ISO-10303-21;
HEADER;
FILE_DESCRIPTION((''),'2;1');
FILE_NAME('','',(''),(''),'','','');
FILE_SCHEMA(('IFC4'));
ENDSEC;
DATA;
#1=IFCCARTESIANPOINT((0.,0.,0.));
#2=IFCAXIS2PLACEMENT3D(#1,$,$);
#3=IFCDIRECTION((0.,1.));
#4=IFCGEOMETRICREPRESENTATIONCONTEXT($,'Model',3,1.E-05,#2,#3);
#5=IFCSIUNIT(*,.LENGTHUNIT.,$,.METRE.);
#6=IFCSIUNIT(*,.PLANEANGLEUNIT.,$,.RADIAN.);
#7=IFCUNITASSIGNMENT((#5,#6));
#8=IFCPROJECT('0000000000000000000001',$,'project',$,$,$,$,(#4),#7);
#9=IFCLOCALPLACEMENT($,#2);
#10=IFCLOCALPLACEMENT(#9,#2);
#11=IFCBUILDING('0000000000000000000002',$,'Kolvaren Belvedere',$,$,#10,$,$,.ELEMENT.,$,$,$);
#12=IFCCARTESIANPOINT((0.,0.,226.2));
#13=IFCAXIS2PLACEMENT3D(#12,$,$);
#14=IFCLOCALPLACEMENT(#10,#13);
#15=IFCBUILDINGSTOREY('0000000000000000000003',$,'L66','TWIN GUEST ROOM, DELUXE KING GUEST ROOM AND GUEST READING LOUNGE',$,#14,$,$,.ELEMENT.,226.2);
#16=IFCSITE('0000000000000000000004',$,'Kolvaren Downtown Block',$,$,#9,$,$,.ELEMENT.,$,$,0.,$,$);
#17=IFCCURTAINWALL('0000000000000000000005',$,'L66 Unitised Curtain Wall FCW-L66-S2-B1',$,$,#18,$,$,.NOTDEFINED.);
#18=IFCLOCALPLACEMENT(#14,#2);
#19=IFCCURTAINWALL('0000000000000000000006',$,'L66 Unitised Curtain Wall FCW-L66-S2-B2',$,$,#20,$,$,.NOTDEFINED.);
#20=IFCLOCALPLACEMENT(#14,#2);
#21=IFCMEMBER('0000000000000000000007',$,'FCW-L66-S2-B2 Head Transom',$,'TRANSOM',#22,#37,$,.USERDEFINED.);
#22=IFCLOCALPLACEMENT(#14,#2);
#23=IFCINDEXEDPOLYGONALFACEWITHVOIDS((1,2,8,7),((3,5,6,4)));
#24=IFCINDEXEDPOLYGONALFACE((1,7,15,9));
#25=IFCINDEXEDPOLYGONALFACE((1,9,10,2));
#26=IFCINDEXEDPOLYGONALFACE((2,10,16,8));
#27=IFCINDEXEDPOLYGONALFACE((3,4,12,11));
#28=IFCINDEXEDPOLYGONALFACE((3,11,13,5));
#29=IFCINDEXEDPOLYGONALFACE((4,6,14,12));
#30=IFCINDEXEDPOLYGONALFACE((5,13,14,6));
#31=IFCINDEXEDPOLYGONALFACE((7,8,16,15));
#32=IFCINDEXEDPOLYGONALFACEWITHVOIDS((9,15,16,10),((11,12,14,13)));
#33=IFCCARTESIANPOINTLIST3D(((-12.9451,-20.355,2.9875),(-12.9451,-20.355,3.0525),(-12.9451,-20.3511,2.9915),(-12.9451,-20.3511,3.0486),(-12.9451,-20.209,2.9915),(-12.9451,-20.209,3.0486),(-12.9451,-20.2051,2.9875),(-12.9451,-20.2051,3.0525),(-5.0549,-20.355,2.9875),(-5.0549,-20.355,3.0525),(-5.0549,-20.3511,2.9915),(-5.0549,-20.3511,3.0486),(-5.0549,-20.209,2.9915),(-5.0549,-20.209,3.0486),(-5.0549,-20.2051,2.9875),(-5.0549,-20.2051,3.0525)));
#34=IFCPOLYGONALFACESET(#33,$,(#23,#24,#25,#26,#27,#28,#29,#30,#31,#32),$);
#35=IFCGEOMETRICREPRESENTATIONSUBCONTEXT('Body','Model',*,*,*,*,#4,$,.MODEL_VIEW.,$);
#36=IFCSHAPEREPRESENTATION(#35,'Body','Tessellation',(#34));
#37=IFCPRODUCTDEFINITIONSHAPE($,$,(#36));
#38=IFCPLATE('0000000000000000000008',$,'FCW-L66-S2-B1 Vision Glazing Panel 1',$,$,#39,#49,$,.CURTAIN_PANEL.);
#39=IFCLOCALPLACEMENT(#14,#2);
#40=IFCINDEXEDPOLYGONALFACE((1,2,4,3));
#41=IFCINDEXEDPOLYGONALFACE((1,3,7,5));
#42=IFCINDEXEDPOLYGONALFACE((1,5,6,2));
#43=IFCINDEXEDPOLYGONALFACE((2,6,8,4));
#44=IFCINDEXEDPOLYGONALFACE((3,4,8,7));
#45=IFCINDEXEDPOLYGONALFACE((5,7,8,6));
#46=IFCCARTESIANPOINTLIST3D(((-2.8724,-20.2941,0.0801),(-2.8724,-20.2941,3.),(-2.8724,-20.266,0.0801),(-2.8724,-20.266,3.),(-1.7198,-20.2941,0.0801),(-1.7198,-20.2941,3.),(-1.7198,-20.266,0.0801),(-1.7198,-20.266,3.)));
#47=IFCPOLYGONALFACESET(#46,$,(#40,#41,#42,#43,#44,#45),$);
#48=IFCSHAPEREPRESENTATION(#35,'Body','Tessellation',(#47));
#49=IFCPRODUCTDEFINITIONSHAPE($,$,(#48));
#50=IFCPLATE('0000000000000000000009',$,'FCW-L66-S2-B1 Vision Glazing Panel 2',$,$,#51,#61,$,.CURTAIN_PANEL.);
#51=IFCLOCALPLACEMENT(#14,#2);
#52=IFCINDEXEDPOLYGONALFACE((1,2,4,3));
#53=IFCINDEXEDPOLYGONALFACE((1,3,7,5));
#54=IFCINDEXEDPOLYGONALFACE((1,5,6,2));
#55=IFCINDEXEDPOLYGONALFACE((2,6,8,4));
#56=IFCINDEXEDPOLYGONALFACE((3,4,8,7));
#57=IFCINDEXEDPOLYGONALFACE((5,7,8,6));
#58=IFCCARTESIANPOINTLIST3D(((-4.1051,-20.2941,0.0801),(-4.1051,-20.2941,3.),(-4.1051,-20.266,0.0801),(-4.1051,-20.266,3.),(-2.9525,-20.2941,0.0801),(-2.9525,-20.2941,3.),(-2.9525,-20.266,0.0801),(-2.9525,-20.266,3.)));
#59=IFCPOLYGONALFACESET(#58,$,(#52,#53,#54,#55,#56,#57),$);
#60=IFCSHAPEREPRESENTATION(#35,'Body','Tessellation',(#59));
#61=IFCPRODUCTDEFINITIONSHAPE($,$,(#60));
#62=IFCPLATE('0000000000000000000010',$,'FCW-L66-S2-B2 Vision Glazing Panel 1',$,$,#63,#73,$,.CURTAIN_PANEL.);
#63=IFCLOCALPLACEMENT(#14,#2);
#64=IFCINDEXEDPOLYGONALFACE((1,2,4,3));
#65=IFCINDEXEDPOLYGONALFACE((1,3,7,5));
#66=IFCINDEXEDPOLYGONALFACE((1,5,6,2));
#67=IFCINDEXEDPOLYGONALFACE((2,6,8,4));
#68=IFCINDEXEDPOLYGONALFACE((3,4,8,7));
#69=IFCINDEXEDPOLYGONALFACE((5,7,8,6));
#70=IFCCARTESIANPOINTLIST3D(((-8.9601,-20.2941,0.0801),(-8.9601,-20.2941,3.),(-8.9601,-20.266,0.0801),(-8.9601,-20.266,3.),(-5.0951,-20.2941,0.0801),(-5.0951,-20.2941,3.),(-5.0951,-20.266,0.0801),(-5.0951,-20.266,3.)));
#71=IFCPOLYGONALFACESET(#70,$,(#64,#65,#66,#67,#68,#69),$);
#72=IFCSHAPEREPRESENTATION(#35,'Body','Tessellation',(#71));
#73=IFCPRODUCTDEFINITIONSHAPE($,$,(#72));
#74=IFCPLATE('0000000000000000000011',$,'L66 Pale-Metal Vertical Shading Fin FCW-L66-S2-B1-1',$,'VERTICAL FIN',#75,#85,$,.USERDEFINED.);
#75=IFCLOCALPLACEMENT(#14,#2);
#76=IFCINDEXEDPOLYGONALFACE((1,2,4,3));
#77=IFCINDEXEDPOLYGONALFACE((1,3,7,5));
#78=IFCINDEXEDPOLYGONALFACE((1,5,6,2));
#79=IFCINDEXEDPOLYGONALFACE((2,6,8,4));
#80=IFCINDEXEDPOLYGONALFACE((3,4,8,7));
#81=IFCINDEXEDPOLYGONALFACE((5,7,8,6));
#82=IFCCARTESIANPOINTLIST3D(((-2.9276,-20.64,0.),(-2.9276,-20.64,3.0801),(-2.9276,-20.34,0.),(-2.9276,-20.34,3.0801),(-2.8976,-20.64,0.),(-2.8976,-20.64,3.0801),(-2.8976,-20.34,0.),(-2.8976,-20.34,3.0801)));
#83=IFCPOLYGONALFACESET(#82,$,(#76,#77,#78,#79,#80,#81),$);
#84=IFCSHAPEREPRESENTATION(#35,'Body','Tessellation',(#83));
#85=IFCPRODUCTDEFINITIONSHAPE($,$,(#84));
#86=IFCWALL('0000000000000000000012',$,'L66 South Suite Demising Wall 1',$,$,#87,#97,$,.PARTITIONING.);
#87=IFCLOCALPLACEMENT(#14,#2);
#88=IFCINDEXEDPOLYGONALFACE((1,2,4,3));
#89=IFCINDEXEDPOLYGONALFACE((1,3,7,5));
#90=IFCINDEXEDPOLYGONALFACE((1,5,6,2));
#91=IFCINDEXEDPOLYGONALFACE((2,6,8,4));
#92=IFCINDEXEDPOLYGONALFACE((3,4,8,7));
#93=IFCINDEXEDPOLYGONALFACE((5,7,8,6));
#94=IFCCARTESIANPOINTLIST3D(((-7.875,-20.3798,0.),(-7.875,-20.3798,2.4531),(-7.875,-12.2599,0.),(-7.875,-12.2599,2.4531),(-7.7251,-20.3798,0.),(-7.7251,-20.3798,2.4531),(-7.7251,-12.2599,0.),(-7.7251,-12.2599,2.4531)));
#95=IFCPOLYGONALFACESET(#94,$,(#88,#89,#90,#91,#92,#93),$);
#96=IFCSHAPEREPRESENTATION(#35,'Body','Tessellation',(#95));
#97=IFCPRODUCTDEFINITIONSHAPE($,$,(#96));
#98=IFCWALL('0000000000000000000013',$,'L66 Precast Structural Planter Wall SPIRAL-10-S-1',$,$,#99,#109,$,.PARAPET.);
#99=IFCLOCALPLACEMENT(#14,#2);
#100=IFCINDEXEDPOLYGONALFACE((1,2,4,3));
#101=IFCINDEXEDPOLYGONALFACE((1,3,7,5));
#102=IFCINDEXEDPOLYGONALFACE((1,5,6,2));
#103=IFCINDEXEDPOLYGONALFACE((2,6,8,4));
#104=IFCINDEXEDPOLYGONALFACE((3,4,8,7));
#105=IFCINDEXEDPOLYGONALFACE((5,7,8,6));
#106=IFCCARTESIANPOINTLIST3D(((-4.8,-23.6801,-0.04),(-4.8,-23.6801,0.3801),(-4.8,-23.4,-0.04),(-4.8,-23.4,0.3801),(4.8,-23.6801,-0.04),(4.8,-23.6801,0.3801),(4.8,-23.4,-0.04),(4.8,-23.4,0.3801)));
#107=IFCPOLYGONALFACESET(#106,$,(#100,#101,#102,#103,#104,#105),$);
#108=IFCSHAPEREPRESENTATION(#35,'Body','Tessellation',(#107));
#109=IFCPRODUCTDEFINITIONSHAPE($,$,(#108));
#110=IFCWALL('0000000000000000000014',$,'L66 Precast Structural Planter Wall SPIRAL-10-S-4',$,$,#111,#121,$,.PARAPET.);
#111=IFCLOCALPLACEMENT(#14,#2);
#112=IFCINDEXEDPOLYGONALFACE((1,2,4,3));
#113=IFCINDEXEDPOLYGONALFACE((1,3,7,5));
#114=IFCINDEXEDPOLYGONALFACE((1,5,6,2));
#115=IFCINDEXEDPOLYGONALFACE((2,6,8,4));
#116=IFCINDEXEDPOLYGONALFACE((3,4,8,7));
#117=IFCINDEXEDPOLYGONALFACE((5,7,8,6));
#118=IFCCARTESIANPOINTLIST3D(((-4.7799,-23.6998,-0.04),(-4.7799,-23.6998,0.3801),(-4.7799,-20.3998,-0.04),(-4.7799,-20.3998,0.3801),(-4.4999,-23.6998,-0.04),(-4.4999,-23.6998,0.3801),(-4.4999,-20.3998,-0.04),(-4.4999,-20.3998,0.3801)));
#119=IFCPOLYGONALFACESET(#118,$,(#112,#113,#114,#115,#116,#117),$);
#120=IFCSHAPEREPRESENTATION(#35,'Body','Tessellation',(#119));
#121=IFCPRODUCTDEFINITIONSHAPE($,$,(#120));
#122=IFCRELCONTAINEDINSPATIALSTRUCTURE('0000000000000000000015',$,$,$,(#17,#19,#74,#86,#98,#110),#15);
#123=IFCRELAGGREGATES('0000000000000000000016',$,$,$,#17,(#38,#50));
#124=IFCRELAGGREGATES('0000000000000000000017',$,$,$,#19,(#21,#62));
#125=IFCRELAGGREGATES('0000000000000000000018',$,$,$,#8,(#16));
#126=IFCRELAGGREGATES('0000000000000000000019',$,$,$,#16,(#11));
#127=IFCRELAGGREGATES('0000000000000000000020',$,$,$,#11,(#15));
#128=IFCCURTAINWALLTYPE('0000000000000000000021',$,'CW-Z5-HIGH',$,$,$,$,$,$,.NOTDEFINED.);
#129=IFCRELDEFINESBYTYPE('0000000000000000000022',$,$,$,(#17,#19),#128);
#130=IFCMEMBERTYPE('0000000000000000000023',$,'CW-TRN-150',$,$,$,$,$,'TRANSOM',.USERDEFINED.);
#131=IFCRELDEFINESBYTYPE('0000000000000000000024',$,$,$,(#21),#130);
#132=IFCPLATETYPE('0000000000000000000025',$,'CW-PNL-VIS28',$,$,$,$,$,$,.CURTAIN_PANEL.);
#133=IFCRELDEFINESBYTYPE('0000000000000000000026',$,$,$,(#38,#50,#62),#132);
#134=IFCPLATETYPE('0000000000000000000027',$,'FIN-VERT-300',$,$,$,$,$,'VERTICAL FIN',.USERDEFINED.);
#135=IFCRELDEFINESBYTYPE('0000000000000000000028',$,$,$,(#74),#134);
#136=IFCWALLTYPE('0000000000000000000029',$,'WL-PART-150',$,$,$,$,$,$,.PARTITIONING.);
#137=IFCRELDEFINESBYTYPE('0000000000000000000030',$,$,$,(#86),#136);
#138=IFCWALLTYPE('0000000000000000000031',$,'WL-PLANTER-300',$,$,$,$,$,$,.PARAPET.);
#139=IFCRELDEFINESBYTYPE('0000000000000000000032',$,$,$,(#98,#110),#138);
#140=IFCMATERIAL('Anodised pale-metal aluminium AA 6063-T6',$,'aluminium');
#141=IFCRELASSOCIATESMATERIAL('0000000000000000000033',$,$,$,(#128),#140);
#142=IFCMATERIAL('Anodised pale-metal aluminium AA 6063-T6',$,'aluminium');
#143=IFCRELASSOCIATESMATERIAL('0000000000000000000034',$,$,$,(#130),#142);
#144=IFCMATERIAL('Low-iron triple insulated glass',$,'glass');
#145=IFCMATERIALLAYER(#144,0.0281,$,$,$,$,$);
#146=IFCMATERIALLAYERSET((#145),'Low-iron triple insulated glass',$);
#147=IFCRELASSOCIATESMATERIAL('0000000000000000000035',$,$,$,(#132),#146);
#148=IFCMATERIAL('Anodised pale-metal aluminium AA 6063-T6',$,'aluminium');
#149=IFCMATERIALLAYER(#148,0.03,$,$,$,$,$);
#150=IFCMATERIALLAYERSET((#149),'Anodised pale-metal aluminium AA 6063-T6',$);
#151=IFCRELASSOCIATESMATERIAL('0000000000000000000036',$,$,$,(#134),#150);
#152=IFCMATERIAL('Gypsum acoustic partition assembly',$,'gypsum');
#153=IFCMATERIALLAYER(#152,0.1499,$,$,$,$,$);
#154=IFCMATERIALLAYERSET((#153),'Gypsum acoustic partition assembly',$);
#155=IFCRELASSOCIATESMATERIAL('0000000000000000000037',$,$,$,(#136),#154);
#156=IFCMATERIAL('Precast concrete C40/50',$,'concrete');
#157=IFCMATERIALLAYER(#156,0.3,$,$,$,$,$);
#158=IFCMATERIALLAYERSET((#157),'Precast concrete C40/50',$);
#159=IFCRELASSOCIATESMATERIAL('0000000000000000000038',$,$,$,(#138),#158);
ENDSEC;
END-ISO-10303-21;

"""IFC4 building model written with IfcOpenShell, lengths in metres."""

from ifc_helpers import new_model, si_unit, direction, frame, frame_2d, origin, origin_2d, place, context, subcontext, project, spatial, rectangle, hollow_rectangle, extrude, material, layer, layer_set, material_profile, profile_set, type_object, element, aggregate, save


model = new_model("IFC4")

# Units and contexts
model_context = context("Model", 3, precision=1e-05, world=origin(), true_north=direction((0.0, 1.0)))
body_context = subcontext(model_context, "Body", "Model", "MODEL_VIEW")
ifc_project = project(units=[si_unit("LENGTHUNIT", "METRE"), si_unit("PLANEANGLEUNIT", "RADIAN")], contexts=[model_context])

# Site, building, storey
site_placement = place(None, origin())
site = spatial("IfcSite", under=ifc_project, at=site_placement, Name="Kolvaren Downtown Block", CompositionType="ELEMENT", RefElevation=0.0)
building_placement = place(site_placement, origin())
building = spatial("IfcBuilding", under=site, at=building_placement, Name="Kolvaren Belvedere", CompositionType="ELEMENT")
storey_placement = place(building_placement, frame((0.0, 0.0, 226.2)))
storey = spatial("IfcBuildingStorey", under=building, at=storey_placement, Name="L66", Description="TWIN GUEST ROOM, DELUXE KING GUEST ROOM AND GUEST READING LOUNGE", CompositionType="ELEMENT", Elevation=226.2)

# Curtain walls
ifc_material_1 = material(Name="Anodised pale-metal aluminium AA 6063-T6", Category="aluminium")
curtain_wall_type = type_object("IfcCurtainWallType", Name="CW-Z5-HIGH", PredefinedType="NOTDEFINED", material=ifc_material_1)
curtain_wall_1_placement = place(storey_placement, origin())
curtain_wall_1 = element("IfcCurtainWall", 1, at=curtain_wall_1_placement, inside=storey, type_object=curtain_wall_type, Name="L66 Unitised Curtain Wall FCW-L66-S2-B1", PredefinedType="NOTDEFINED")
curtain_wall_2_placement = place(storey_placement, origin())
curtain_wall_2 = element("IfcCurtainWall", 2, at=curtain_wall_2_placement, inside=storey, type_object=curtain_wall_type, Name="L66 Unitised Curtain Wall FCW-L66-S2-B2", PredefinedType="NOTDEFINED")

# Member
ifc_material_2 = material(Name="Anodised pale-metal aluminium AA 6063-T6", Category="aluminium")
ifc_material_profile_1 = material_profile(ifc_material_2, hollow_rectangle(XDim=0.0649, YDim=0.1499, WallThickness=0.0039, at=origin_2d()), Name="ALU-TRN-150X65")
ifc_profile_set_1 = profile_set([ifc_material_profile_1], Name="Anodised pale-metal aluminium AA 6063-T6")
member_type_1 = type_object("IfcMemberType", Name="CW-TRN-150", ElementType="TRANSOM", PredefinedType="USERDEFINED", material=ifc_profile_set_1)
member_1_placement = place(storey_placement, frame((-5.0549, -20.28, 3.02), z_axis=(-1.0, 0.0, 0.0), x_axis=(0.0, 0.0, 1.0)))
member_1 = element("IfcMember", 3, at=member_1_placement, type_object=member_type_1, Name="FCW-L66-S2-B2 Head Transom", ObjectType="TRANSOM", PredefinedType="USERDEFINED", context=body_context, shape_type="SweptSolid", body=[
    extrude(hollow_rectangle(XDim=0.0649, YDim=0.1499, WallThickness=0.0039, at=origin_2d()), origin(), (0.0, 0.0, 1.0), 7.8901),
])

# Plates
ifc_material_3 = material(Name="Low-iron triple insulated glass", Category="glass")
ifc_layer_1 = layer(ifc_material_3, 0.0281)
ifc_layer_set_1 = layer_set([ifc_layer_1], Name="Low-iron triple insulated glass")
plate_type_1 = type_object("IfcPlateType", Name="CW-PNL-VIS28", PredefinedType="CURTAIN_PANEL", material=ifc_layer_set_1)
plate_1_placement = place(storey_placement, frame((-2.2961, -20.28, 0.0801), z_axis=(0.0, 0.0, 1.0), x_axis=(-1.0, 0.0, 0.0)))
plate_1 = element("IfcPlate", 4, at=plate_1_placement, type_object=plate_type_1, Name="FCW-L66-S2-B1 Vision Glazing Panel 1", PredefinedType="CURTAIN_PANEL", context=body_context, shape_type="SweptSolid", body=[
    extrude(rectangle(XDim=1.1526, YDim=0.0281, at=origin_2d()), origin(), (0.0, 0.0, 1.0), 2.9199),
])
plate_2_placement = place(storey_placement, frame((-3.5288, -20.28, 0.0801), z_axis=(0.0, 0.0, 1.0), x_axis=(-1.0, 0.0, 0.0)))
plate_2 = element("IfcPlate", 5, at=plate_2_placement, type_object=plate_type_1, Name="FCW-L66-S2-B1 Vision Glazing Panel 2", PredefinedType="CURTAIN_PANEL", context=body_context, shape_type="SweptSolid", body=[
    extrude(rectangle(XDim=1.1526, YDim=0.0281, at=origin_2d()), origin(), (0.0, 0.0, 1.0), 2.9199),
])
aggregate(curtain_wall_1, [plate_1, plate_2])
plate_3_placement = place(storey_placement, frame((-7.0276, -20.28, 0.0801), z_axis=(0.0, 0.0, 1.0), x_axis=(-1.0, 0.0, 0.0)))
plate_3 = element("IfcPlate", 6, at=plate_3_placement, type_object=plate_type_1, Name="FCW-L66-S2-B2 Vision Glazing Panel 1", PredefinedType="CURTAIN_PANEL", context=body_context, shape_type="SweptSolid", body=[
    extrude(rectangle(XDim=3.865, YDim=0.0281, at=origin_2d()), origin(), (0.0, 0.0, 1.0), 2.9199),
])
aggregate(curtain_wall_2, [member_1, plate_3])
ifc_material_4 = material(Name="Anodised pale-metal aluminium AA 6063-T6", Category="aluminium")
ifc_layer_2 = layer(ifc_material_4, 0.03)
ifc_layer_set_2 = layer_set([ifc_layer_2], Name="Anodised pale-metal aluminium AA 6063-T6")
plate_type_2 = type_object("IfcPlateType", Name="FIN-VERT-300", ElementType="VERTICAL FIN", PredefinedType="USERDEFINED", material=ifc_layer_set_2)
plate_4_placement = place(storey_placement, frame((-2.9126, -20.49, 0.0), z_axis=(0.0, 0.0, 1.0), x_axis=(0.0, 1.0, 0.0)))
element("IfcPlate", 7, at=plate_4_placement, inside=storey, type_object=plate_type_2, Name="L66 Pale-Metal Vertical Shading Fin FCW-L66-S2-B1-1", ObjectType="VERTICAL FIN", PredefinedType="USERDEFINED", context=body_context, shape_type="SweptSolid", body=[
    extrude(rectangle(XDim=0.3, YDim=0.03, at=origin_2d()), origin(), (0.0, 0.0, 1.0), 3.0801),
])

# Walls
ifc_material_5 = material(Name="Gypsum acoustic partition assembly", Category="gypsum")
ifc_layer_3 = layer(ifc_material_5, 0.1499)
ifc_layer_set_3 = layer_set([ifc_layer_3], Name="Gypsum acoustic partition assembly")
wall_type_1 = type_object("IfcWallType", Name="WL-PART-150", PredefinedType="PARTITIONING", material=ifc_layer_set_3)
wall_1_placement = place(storey_placement, frame((-7.8, -20.3799, 0.0), z_axis=(0.0, 0.0, 1.0), x_axis=(0.0, 1.0, 0.0)))
element("IfcWall", 8, at=wall_1_placement, inside=storey, type_object=wall_type_1, Name="L66 South Suite Demising Wall 1", PredefinedType="PARTITIONING", context=body_context, shape_type="SweptSolid", body=[
    extrude(rectangle(XDim=8.1199, YDim=0.1499, at=frame_2d((4.0601, 0.0))), origin(), (0.0, 0.0, 1.0), 2.4531),
])
ifc_material_6 = material(Name="Precast concrete C40/50", Category="concrete")
ifc_layer_4 = layer(ifc_material_6, 0.3)
ifc_layer_set_4 = layer_set([ifc_layer_4], Name="Precast concrete C40/50")
wall_type_2 = type_object("IfcWallType", Name="WL-PLANTER-300", PredefinedType="PARAPET", material=ifc_layer_set_4)
wall_2_placement = place(storey_placement, frame((-4.8, -23.54, -0.04), z_axis=(0.0, 0.0, 1.0), x_axis=(1.0, 0.0, 0.0)))
element("IfcWall", 9, at=wall_2_placement, inside=storey, type_object=wall_type_2, Name="L66 Precast Structural Planter Wall SPIRAL-10-S-1", PredefinedType="PARAPET", context=body_context, shape_type="SweptSolid", body=[
    extrude(rectangle(XDim=9.6001, YDim=0.28, at=frame_2d((4.8, 0.0))), origin(), (0.0, 0.0, 1.0), 0.4202),
])
wall_3_placement = place(storey_placement, frame((-4.6399, -20.3999, -0.04), z_axis=(0.0, 0.0, 1.0), x_axis=(0.0, -1.0, 0.0)))
element("IfcWall", 10, at=wall_3_placement, inside=storey, type_object=wall_type_2, Name="L66 Precast Structural Planter Wall SPIRAL-10-S-4", PredefinedType="PARAPET", context=body_context, shape_type="SweptSolid", body=[
    extrude(rectangle(XDim=3.3, YDim=0.28, at=frame_2d((1.6499, 0.0))), origin(), (0.0, 0.0, 1.0), 0.4202),
])

save(model, "model.ifc")
